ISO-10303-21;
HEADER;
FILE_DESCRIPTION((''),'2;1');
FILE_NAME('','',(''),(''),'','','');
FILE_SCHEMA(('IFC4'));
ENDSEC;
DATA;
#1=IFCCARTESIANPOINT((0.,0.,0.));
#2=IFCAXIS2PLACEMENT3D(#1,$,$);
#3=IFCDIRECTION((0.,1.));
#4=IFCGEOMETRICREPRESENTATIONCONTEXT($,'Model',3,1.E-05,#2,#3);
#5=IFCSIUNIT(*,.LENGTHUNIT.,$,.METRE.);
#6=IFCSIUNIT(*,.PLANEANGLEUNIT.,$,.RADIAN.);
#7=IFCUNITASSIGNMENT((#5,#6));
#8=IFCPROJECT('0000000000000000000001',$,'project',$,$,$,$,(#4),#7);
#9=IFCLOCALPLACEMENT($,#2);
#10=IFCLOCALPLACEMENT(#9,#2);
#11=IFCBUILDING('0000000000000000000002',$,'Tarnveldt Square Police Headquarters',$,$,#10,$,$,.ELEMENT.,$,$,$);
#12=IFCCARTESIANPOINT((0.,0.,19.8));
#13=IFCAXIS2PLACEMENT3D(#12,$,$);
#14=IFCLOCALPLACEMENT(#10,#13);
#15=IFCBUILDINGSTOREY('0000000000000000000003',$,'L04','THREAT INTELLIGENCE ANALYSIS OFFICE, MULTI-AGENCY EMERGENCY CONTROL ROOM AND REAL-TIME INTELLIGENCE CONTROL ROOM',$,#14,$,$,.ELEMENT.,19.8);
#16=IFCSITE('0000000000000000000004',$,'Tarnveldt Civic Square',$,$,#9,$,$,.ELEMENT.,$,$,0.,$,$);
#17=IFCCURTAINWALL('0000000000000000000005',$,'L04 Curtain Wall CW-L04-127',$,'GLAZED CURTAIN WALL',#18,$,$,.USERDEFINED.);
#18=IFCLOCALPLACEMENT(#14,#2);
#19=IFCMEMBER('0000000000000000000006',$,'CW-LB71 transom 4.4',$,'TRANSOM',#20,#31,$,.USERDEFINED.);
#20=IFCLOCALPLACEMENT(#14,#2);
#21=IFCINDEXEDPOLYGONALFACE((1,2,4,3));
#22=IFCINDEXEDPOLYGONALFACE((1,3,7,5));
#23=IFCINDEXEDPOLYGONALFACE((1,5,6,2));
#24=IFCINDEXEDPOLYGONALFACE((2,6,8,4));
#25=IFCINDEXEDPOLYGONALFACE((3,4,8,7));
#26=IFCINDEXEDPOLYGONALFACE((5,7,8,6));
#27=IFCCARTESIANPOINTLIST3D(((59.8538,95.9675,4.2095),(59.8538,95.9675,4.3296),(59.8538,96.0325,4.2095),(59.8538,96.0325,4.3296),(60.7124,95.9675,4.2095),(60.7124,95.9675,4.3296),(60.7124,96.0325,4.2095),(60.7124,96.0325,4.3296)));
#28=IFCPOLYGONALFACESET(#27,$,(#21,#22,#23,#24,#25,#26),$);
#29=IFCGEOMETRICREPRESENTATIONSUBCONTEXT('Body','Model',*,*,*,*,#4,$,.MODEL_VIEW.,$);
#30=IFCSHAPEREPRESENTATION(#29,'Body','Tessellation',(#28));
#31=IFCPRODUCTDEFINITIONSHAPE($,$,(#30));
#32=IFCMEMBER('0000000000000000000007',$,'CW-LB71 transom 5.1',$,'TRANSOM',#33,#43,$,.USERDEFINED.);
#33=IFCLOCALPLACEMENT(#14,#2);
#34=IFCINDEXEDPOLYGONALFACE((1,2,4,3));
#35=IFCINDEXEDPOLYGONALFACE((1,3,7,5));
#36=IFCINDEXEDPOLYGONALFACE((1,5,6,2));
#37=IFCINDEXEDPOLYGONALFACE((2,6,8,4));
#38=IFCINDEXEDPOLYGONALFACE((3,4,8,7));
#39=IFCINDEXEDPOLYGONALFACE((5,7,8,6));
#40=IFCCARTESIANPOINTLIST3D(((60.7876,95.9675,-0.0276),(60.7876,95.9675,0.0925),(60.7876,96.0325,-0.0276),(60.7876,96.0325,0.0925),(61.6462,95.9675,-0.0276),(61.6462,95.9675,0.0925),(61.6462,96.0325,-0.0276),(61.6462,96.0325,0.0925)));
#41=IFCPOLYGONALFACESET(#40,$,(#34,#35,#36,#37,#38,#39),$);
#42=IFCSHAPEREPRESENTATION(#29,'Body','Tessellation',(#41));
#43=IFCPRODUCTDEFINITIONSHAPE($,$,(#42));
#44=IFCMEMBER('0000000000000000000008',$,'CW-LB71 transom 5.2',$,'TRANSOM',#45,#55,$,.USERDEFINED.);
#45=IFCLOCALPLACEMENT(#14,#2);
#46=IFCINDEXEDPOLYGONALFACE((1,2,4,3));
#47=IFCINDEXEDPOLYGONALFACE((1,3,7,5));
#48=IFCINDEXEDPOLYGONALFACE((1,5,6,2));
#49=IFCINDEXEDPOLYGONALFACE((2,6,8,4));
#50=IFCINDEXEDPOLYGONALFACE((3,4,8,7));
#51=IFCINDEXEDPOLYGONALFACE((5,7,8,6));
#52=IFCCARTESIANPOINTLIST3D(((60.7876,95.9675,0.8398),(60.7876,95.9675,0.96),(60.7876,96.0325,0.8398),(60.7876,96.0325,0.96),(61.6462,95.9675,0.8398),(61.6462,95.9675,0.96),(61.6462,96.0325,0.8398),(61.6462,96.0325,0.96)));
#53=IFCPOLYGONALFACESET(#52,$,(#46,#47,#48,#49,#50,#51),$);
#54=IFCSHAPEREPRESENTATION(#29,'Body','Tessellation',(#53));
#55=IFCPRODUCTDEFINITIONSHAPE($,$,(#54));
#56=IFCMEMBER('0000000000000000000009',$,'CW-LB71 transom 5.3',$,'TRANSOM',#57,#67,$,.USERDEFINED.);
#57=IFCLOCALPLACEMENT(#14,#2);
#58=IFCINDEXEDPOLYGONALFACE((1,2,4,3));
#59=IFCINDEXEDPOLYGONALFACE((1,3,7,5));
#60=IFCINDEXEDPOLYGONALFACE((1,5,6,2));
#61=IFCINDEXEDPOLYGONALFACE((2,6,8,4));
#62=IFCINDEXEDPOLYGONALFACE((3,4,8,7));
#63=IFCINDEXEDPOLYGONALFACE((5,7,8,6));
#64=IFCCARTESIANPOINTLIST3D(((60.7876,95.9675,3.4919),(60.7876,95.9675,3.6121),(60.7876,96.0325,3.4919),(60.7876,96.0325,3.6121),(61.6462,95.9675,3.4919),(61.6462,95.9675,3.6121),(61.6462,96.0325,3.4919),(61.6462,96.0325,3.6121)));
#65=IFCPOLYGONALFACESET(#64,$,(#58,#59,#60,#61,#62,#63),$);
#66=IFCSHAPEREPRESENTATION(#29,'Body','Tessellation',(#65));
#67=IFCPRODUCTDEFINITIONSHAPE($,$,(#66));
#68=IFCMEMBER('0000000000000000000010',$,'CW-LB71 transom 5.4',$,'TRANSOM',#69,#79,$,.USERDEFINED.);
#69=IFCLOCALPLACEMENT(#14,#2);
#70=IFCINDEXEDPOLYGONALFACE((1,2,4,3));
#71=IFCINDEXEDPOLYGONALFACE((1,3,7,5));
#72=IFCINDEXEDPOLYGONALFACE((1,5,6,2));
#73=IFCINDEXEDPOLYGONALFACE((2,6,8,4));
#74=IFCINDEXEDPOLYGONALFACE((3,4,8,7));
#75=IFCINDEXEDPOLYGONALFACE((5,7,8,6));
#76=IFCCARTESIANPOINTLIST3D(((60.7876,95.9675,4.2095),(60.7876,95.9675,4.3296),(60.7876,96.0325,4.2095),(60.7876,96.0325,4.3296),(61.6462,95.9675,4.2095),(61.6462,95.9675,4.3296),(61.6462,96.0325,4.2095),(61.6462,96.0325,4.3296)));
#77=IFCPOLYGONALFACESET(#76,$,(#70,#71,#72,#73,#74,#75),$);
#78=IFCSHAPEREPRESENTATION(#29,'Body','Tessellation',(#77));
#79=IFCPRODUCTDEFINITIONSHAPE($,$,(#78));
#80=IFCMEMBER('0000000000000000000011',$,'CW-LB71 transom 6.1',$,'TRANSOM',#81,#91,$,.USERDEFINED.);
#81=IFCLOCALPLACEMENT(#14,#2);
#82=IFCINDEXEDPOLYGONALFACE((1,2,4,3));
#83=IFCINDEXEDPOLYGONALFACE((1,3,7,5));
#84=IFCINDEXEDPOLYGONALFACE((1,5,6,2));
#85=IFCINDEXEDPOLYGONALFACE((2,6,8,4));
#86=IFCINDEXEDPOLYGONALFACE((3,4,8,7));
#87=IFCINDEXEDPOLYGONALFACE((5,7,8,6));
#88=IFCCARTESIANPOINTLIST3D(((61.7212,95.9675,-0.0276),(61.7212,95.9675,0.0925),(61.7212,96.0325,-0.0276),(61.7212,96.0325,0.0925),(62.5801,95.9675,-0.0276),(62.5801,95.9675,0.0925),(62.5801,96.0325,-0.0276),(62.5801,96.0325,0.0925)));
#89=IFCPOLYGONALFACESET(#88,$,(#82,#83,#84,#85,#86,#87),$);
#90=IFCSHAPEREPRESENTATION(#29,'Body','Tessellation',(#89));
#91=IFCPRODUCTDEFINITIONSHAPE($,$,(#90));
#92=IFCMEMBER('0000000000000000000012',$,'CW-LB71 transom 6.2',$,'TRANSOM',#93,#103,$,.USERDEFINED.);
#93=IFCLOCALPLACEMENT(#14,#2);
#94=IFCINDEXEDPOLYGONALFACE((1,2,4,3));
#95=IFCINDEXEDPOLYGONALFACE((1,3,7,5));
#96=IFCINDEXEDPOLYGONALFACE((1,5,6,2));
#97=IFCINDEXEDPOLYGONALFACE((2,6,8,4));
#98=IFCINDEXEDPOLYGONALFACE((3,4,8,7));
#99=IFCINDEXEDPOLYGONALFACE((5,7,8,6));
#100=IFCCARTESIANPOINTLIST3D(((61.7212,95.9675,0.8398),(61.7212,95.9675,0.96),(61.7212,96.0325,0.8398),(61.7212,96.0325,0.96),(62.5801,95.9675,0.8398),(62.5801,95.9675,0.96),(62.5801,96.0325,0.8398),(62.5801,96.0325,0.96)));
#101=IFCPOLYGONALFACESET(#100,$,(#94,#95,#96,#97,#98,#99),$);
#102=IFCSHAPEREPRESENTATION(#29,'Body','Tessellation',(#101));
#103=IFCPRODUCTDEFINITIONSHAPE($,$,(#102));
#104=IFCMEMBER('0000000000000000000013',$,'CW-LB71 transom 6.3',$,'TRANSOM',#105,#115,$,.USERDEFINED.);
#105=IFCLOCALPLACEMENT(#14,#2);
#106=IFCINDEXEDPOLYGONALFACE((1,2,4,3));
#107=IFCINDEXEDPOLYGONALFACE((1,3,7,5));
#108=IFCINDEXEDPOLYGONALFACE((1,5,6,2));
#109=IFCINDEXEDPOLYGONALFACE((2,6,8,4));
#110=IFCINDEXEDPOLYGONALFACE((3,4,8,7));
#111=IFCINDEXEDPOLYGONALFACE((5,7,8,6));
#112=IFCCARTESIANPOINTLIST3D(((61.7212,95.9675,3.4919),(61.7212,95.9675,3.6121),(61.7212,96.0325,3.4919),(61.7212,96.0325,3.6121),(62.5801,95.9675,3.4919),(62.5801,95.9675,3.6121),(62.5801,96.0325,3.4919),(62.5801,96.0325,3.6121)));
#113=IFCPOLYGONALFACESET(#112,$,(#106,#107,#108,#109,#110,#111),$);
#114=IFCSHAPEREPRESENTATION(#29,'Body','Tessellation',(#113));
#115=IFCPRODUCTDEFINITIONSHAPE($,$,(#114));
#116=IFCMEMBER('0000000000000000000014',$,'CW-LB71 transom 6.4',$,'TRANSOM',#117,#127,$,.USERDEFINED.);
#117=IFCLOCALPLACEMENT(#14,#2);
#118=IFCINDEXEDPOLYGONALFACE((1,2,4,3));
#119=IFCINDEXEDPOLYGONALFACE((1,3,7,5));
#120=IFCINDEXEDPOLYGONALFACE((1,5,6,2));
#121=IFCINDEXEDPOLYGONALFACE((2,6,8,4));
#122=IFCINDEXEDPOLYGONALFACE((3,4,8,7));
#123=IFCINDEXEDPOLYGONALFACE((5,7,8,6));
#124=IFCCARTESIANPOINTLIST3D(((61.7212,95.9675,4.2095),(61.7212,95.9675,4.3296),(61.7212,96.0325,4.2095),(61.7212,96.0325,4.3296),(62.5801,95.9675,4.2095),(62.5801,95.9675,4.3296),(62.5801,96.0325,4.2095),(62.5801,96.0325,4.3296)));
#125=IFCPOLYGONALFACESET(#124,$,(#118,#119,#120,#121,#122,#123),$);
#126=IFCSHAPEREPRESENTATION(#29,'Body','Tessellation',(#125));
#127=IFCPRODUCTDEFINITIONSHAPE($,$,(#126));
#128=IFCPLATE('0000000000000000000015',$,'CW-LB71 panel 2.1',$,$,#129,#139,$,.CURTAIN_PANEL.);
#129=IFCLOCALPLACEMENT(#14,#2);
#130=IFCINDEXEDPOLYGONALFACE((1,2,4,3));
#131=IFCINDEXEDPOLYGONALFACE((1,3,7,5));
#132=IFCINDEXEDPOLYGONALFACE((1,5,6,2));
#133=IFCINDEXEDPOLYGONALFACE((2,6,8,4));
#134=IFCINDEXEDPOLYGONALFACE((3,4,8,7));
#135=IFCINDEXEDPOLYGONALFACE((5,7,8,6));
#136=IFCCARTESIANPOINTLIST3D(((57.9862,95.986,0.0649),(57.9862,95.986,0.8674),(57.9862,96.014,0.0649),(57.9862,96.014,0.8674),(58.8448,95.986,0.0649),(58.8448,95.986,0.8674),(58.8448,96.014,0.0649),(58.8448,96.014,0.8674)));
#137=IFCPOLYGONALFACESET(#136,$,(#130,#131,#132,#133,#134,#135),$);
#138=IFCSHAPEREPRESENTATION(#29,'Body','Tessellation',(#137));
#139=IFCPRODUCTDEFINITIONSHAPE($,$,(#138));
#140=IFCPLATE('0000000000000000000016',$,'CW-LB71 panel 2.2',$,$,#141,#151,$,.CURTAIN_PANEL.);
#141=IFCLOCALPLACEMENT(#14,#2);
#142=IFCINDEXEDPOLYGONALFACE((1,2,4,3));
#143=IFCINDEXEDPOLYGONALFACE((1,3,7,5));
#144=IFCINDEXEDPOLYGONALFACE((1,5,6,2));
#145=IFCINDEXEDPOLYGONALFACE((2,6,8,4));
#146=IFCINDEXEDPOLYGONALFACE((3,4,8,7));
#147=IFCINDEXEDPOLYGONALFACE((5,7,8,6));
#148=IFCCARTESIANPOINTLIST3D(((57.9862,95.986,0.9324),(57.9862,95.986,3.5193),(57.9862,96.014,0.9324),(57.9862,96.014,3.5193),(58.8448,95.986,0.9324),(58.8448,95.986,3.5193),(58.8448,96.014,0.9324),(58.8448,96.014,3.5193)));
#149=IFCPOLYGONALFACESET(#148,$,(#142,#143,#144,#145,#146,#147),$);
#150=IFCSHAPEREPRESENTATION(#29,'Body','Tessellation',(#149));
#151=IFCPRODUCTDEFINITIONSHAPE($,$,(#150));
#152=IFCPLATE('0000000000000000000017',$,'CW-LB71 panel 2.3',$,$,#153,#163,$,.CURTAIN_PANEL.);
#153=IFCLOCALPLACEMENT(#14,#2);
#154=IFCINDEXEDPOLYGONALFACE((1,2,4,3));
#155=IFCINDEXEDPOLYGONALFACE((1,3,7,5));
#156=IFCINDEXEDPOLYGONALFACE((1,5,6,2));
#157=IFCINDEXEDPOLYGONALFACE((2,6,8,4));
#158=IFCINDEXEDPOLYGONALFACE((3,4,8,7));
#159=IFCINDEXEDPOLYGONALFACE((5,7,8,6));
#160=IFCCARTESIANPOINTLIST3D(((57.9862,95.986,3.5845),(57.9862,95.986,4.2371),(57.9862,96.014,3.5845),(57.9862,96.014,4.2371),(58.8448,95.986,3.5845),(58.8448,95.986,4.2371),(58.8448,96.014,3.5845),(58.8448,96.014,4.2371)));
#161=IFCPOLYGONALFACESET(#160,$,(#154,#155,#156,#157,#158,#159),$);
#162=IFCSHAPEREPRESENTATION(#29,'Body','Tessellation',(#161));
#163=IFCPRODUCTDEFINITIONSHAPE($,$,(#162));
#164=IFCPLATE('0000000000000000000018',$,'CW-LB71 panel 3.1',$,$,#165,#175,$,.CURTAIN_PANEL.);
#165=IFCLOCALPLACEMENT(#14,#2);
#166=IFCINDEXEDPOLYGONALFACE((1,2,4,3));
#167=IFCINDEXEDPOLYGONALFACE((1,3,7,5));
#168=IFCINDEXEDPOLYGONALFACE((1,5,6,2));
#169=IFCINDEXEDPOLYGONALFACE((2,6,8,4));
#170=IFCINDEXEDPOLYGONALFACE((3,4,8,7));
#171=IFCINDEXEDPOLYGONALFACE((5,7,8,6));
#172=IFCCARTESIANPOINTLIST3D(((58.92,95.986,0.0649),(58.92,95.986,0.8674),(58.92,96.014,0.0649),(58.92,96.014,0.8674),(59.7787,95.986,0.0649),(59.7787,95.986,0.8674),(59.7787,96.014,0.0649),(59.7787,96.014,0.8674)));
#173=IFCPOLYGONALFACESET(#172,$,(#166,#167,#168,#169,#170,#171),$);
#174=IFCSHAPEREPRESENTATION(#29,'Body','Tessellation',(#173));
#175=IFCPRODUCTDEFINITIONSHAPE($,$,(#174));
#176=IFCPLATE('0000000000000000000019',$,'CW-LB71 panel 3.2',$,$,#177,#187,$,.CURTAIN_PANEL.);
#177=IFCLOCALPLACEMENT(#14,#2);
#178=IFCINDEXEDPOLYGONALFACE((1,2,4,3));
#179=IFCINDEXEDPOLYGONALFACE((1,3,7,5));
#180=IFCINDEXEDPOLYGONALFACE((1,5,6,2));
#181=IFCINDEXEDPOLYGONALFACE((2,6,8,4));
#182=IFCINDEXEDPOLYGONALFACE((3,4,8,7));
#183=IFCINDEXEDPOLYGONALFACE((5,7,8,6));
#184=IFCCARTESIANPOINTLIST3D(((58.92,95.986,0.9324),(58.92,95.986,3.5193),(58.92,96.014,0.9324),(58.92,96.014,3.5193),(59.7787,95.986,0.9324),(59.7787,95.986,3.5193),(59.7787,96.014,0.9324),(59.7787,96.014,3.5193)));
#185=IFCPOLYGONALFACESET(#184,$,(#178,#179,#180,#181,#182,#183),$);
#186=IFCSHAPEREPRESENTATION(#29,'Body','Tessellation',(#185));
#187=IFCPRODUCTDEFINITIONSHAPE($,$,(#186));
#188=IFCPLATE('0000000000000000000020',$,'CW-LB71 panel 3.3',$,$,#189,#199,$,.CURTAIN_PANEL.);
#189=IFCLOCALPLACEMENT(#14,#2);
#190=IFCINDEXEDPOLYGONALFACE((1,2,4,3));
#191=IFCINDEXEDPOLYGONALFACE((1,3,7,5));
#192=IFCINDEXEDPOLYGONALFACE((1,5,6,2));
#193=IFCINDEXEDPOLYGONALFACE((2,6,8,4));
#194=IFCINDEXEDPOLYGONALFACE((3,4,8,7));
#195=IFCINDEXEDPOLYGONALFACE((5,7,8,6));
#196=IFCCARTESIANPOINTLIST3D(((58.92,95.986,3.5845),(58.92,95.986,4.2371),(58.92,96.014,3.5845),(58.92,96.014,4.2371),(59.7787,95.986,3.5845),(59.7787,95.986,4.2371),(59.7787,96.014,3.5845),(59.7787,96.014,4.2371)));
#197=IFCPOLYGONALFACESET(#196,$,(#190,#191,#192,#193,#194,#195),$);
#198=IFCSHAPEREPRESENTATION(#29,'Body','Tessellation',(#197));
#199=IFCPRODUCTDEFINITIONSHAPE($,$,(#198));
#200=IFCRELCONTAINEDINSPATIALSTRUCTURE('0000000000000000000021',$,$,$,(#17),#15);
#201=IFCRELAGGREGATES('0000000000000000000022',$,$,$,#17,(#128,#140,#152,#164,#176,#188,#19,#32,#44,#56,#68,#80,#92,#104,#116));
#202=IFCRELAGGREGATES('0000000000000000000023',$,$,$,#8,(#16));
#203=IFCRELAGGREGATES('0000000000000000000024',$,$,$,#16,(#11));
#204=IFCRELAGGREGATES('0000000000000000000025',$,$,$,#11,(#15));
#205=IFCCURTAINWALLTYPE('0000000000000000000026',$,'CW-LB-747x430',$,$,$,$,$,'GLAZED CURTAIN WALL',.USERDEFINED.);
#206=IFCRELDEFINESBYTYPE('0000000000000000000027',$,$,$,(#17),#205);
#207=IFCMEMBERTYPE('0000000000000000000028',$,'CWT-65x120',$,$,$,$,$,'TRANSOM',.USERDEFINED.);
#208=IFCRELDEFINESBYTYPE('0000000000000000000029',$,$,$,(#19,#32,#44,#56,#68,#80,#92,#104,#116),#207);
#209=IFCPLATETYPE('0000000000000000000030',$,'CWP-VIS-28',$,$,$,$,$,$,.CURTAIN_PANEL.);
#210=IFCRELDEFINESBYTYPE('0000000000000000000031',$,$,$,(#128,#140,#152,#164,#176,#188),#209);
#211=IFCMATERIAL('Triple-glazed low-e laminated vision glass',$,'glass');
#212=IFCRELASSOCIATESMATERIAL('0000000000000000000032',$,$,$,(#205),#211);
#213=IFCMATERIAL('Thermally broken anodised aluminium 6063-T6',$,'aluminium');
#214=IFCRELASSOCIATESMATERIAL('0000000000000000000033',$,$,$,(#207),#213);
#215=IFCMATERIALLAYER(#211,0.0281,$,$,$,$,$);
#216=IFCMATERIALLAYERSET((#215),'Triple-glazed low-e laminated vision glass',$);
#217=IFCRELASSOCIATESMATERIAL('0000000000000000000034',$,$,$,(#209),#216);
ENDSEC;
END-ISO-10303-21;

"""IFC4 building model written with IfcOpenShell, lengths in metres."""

from ifc_helpers import new_model, si_unit, direction, frame, origin, origin_2d, place, context, subcontext, project, spatial, rectangle, extrude, material, layer, layer_set, material_profile, profile_set, type_object, element, aggregate, save


model = new_model("IFC4")

# Units and contexts
model_context = context("Model", 3, precision=1e-05, world=origin(), true_north=direction((0.0, 1.0)))
body_context = subcontext(model_context, "Body", "Model", "MODEL_VIEW")
ifc_project = project(units=[si_unit("LENGTHUNIT", "METRE"), si_unit("PLANEANGLEUNIT", "RADIAN")], contexts=[model_context])

# Site, building, storey
site_placement = place(None, origin())
site = spatial("IfcSite", under=ifc_project, at=site_placement, Name="Tarnveldt Civic Square", CompositionType="ELEMENT", RefElevation=0.0)
building_placement = place(site_placement, origin())
building = spatial("IfcBuilding", under=site, at=building_placement, Name="Tarnveldt Square Police Headquarters", CompositionType="ELEMENT")
storey_placement = place(building_placement, frame((0.0, 0.0, 19.8)))
storey = spatial("IfcBuildingStorey", under=building, at=storey_placement, Name="L04", Description="THREAT INTELLIGENCE ANALYSIS OFFICE, MULTI-AGENCY EMERGENCY CONTROL ROOM AND REAL-TIME INTELLIGENCE CONTROL ROOM", CompositionType="ELEMENT", Elevation=19.8)

# Curtain wall, members, plates
ifc_material_1 = material(Name="Triple-glazed low-e laminated vision glass", Category="glass")
curtain_wall_type = type_object("IfcCurtainWallType", Name="CW-LB-747x430", ElementType="GLAZED CURTAIN WALL", PredefinedType="USERDEFINED", material=ifc_material_1)
curtain_wall_placement = place(storey_placement, origin())
curtain_wall = element("IfcCurtainWall", 1, at=curtain_wall_placement, inside=storey, type_object=curtain_wall_type, Name="L04 Curtain Wall CW-L04-127", ObjectType="GLAZED CURTAIN WALL", PredefinedType="USERDEFINED")
ifc_material_2 = material(Name="Thermally broken anodised aluminium 6063-T6", Category="aluminium")
ifc_material_profile_1 = material_profile(ifc_material_2, rectangle(XDim=0.0649, YDim=0.1201, at=origin_2d()), Name="CW-T65x120")
ifc_profile_set_1 = profile_set([ifc_material_profile_1], Name="Thermally broken anodised aluminium 6063-T6")
member_type_1 = type_object("IfcMemberType", Name="CWT-65x120", ElementType="TRANSOM", PredefinedType="USERDEFINED", material=ifc_profile_set_1)
member_1_placement = place(storey_placement, frame((59.8538, 96.0, 4.2695), z_axis=(1.0, 0.0, 0.0), x_axis=(0.0, 1.0, 0.0)))
member_1 = element("IfcMember", 2, at=member_1_placement, type_object=member_type_1, Name="CW-LB71 transom 4.4", ObjectType="TRANSOM", PredefinedType="USERDEFINED", context=body_context, shape_type="SweptSolid", body=[
    extrude(rectangle(XDim=0.0649, YDim=0.1201, at=origin_2d()), origin(), (0.0, 0.0, 1.0), 0.8586),
])
member_2_placement = place(storey_placement, frame((60.7876, 96.0, 0.0325), z_axis=(1.0, 0.0, 0.0), x_axis=(0.0, 1.0, 0.0)))
member_2 = element("IfcMember", 3, at=member_2_placement, type_object=member_type_1, Name="CW-LB71 transom 5.1", ObjectType="TRANSOM", PredefinedType="USERDEFINED", context=body_context, shape_type="SweptSolid", body=[
    extrude(rectangle(XDim=0.0649, YDim=0.1201, at=origin_2d()), origin(), (0.0, 0.0, 1.0), 0.8586),
])
member_3_placement = place(storey_placement, frame((60.7876, 96.0, 0.8999), z_axis=(1.0, 0.0, 0.0), x_axis=(0.0, 1.0, 0.0)))
member_3 = element("IfcMember", 4, at=member_3_placement, type_object=member_type_1, Name="CW-LB71 transom 5.2", ObjectType="TRANSOM", PredefinedType="USERDEFINED", context=body_context, shape_type="SweptSolid", body=[
    extrude(rectangle(XDim=0.0649, YDim=0.1201, at=origin_2d()), origin(), (0.0, 0.0, 1.0), 0.8586),
])
member_4_placement = place(storey_placement, frame((60.7876, 96.0, 3.552), z_axis=(1.0, 0.0, 0.0), x_axis=(0.0, 1.0, 0.0)))
member_4 = element("IfcMember", 5, at=member_4_placement, type_object=member_type_1, Name="CW-LB71 transom 5.3", ObjectType="TRANSOM", PredefinedType="USERDEFINED", context=body_context, shape_type="SweptSolid", body=[
    extrude(rectangle(XDim=0.0649, YDim=0.1201, at=origin_2d()), origin(), (0.0, 0.0, 1.0), 0.8586),
])
member_5_placement = place(storey_placement, frame((60.7876, 96.0, 4.2695), z_axis=(1.0, 0.0, 0.0), x_axis=(0.0, 1.0, 0.0)))
member_5 = element("IfcMember", 6, at=member_5_placement, type_object=member_type_1, Name="CW-LB71 transom 5.4", ObjectType="TRANSOM", PredefinedType="USERDEFINED", context=body_context, shape_type="SweptSolid", body=[
    extrude(rectangle(XDim=0.0649, YDim=0.1201, at=origin_2d()), origin(), (0.0, 0.0, 1.0), 0.8586),
])
member_6_placement = place(storey_placement, frame((61.7212, 96.0, 0.0325), z_axis=(1.0, 0.0, 0.0), x_axis=(0.0, 1.0, 0.0)))
member_6 = element("IfcMember", 7, at=member_6_placement, type_object=member_type_1, Name="CW-LB71 transom 6.1", ObjectType="TRANSOM", PredefinedType="USERDEFINED", context=body_context, shape_type="SweptSolid", body=[
    extrude(rectangle(XDim=0.0649, YDim=0.1201, at=origin_2d()), origin(), (0.0, 0.0, 1.0), 0.8589),
])
member_7_placement = place(storey_placement, frame((61.7212, 96.0, 0.8999), z_axis=(1.0, 0.0, 0.0), x_axis=(0.0, 1.0, 0.0)))
member_7 = element("IfcMember", 8, at=member_7_placement, type_object=member_type_1, Name="CW-LB71 transom 6.2", ObjectType="TRANSOM", PredefinedType="USERDEFINED", context=body_context, shape_type="SweptSolid", body=[
    extrude(rectangle(XDim=0.0649, YDim=0.1201, at=origin_2d()), origin(), (0.0, 0.0, 1.0), 0.8589),
])
member_8_placement = place(storey_placement, frame((61.7212, 96.0, 3.552), z_axis=(1.0, 0.0, 0.0), x_axis=(0.0, 1.0, 0.0)))
member_8 = element("IfcMember", 9, at=member_8_placement, type_object=member_type_1, Name="CW-LB71 transom 6.3", ObjectType="TRANSOM", PredefinedType="USERDEFINED", context=body_context, shape_type="SweptSolid", body=[
    extrude(rectangle(XDim=0.0649, YDim=0.1201, at=origin_2d()), origin(), (0.0, 0.0, 1.0), 0.8589),
])
member_9_placement = place(storey_placement, frame((61.7212, 96.0, 4.2695), z_axis=(1.0, 0.0, 0.0), x_axis=(0.0, 1.0, 0.0)))
member_9 = element("IfcMember", 10, at=member_9_placement, type_object=member_type_1, Name="CW-LB71 transom 6.4", ObjectType="TRANSOM", PredefinedType="USERDEFINED", context=body_context, shape_type="SweptSolid", body=[
    extrude(rectangle(XDim=0.0649, YDim=0.1201, at=origin_2d()), origin(), (0.0, 0.0, 1.0), 0.8589),
])
ifc_layer = layer(ifc_material_1, 0.0281)
ifc_layer_set = layer_set([ifc_layer], Name="Triple-glazed low-e laminated vision glass")
plate_type = type_object("IfcPlateType", Name="CWP-VIS-28", PredefinedType="CURTAIN_PANEL", material=ifc_layer_set)
plate_1_placement = place(storey_placement, frame((58.4155, 96.0, 0.0649), z_axis=(0.0, 0.0, 1.0), x_axis=(1.0, 0.0, 0.0)))
plate_1 = element("IfcPlate", 11, at=plate_1_placement, type_object=plate_type, Name="CW-LB71 panel 2.1", PredefinedType="CURTAIN_PANEL", context=body_context, shape_type="SweptSolid", body=[
    extrude(rectangle(XDim=0.8586, YDim=0.0281, at=origin_2d()), origin(), (0.0, 0.0, 1.0), 0.8025),
])
plate_2_placement = place(storey_placement, frame((58.4155, 96.0, 0.9324), z_axis=(0.0, 0.0, 1.0), x_axis=(1.0, 0.0, 0.0)))
plate_2 = element("IfcPlate", 12, at=plate_2_placement, type_object=plate_type, Name="CW-LB71 panel 2.2", PredefinedType="CURTAIN_PANEL", context=body_context, shape_type="SweptSolid", body=[
    extrude(rectangle(XDim=0.8586, YDim=0.0281, at=origin_2d()), origin(), (0.0, 0.0, 1.0), 2.5869),
])
plate_3_placement = place(storey_placement, frame((58.4155, 96.0, 3.5845), z_axis=(0.0, 0.0, 1.0), x_axis=(1.0, 0.0, 0.0)))
plate_3 = element("IfcPlate", 13, at=plate_3_placement, type_object=plate_type, Name="CW-LB71 panel 2.3", PredefinedType="CURTAIN_PANEL", context=body_context, shape_type="SweptSolid", body=[
    extrude(rectangle(XDim=0.8586, YDim=0.0281, at=origin_2d()), origin(), (0.0, 0.0, 1.0), 0.6526),
])
plate_4_placement = place(storey_placement, frame((59.3494, 96.0, 0.0649), z_axis=(0.0, 0.0, 1.0), x_axis=(1.0, 0.0, 0.0)))
plate_4 = element("IfcPlate", 14, at=plate_4_placement, type_object=plate_type, Name="CW-LB71 panel 3.1", PredefinedType="CURTAIN_PANEL", context=body_context, shape_type="SweptSolid", body=[
    extrude(rectangle(XDim=0.8586, YDim=0.0281, at=origin_2d()), origin(), (0.0, 0.0, 1.0), 0.8025),
])
plate_5_placement = place(storey_placement, frame((59.3494, 96.0, 0.9324), z_axis=(0.0, 0.0, 1.0), x_axis=(1.0, 0.0, 0.0)))
plate_5 = element("IfcPlate", 15, at=plate_5_placement, type_object=plate_type, Name="CW-LB71 panel 3.2", PredefinedType="CURTAIN_PANEL", context=body_context, shape_type="SweptSolid", body=[
    extrude(rectangle(XDim=0.8586, YDim=0.0281, at=origin_2d()), origin(), (0.0, 0.0, 1.0), 2.5869),
])
plate_6_placement = place(storey_placement, frame((59.3494, 96.0, 3.5845), z_axis=(0.0, 0.0, 1.0), x_axis=(1.0, 0.0, 0.0)))
plate_6 = element("IfcPlate", 16, at=plate_6_placement, type_object=plate_type, Name="CW-LB71 panel 3.3", PredefinedType="CURTAIN_PANEL", context=body_context, shape_type="SweptSolid", body=[
    extrude(rectangle(XDim=0.8586, YDim=0.0281, at=origin_2d()), origin(), (0.0, 0.0, 1.0), 0.6526),
])
aggregate(curtain_wall, [plate_1, plate_2, plate_3, plate_4, plate_5, plate_6, member_1, member_2, member_3, member_4, member_5, member_6, member_7, member_8, member_9])

save(model, "model.ifc")
